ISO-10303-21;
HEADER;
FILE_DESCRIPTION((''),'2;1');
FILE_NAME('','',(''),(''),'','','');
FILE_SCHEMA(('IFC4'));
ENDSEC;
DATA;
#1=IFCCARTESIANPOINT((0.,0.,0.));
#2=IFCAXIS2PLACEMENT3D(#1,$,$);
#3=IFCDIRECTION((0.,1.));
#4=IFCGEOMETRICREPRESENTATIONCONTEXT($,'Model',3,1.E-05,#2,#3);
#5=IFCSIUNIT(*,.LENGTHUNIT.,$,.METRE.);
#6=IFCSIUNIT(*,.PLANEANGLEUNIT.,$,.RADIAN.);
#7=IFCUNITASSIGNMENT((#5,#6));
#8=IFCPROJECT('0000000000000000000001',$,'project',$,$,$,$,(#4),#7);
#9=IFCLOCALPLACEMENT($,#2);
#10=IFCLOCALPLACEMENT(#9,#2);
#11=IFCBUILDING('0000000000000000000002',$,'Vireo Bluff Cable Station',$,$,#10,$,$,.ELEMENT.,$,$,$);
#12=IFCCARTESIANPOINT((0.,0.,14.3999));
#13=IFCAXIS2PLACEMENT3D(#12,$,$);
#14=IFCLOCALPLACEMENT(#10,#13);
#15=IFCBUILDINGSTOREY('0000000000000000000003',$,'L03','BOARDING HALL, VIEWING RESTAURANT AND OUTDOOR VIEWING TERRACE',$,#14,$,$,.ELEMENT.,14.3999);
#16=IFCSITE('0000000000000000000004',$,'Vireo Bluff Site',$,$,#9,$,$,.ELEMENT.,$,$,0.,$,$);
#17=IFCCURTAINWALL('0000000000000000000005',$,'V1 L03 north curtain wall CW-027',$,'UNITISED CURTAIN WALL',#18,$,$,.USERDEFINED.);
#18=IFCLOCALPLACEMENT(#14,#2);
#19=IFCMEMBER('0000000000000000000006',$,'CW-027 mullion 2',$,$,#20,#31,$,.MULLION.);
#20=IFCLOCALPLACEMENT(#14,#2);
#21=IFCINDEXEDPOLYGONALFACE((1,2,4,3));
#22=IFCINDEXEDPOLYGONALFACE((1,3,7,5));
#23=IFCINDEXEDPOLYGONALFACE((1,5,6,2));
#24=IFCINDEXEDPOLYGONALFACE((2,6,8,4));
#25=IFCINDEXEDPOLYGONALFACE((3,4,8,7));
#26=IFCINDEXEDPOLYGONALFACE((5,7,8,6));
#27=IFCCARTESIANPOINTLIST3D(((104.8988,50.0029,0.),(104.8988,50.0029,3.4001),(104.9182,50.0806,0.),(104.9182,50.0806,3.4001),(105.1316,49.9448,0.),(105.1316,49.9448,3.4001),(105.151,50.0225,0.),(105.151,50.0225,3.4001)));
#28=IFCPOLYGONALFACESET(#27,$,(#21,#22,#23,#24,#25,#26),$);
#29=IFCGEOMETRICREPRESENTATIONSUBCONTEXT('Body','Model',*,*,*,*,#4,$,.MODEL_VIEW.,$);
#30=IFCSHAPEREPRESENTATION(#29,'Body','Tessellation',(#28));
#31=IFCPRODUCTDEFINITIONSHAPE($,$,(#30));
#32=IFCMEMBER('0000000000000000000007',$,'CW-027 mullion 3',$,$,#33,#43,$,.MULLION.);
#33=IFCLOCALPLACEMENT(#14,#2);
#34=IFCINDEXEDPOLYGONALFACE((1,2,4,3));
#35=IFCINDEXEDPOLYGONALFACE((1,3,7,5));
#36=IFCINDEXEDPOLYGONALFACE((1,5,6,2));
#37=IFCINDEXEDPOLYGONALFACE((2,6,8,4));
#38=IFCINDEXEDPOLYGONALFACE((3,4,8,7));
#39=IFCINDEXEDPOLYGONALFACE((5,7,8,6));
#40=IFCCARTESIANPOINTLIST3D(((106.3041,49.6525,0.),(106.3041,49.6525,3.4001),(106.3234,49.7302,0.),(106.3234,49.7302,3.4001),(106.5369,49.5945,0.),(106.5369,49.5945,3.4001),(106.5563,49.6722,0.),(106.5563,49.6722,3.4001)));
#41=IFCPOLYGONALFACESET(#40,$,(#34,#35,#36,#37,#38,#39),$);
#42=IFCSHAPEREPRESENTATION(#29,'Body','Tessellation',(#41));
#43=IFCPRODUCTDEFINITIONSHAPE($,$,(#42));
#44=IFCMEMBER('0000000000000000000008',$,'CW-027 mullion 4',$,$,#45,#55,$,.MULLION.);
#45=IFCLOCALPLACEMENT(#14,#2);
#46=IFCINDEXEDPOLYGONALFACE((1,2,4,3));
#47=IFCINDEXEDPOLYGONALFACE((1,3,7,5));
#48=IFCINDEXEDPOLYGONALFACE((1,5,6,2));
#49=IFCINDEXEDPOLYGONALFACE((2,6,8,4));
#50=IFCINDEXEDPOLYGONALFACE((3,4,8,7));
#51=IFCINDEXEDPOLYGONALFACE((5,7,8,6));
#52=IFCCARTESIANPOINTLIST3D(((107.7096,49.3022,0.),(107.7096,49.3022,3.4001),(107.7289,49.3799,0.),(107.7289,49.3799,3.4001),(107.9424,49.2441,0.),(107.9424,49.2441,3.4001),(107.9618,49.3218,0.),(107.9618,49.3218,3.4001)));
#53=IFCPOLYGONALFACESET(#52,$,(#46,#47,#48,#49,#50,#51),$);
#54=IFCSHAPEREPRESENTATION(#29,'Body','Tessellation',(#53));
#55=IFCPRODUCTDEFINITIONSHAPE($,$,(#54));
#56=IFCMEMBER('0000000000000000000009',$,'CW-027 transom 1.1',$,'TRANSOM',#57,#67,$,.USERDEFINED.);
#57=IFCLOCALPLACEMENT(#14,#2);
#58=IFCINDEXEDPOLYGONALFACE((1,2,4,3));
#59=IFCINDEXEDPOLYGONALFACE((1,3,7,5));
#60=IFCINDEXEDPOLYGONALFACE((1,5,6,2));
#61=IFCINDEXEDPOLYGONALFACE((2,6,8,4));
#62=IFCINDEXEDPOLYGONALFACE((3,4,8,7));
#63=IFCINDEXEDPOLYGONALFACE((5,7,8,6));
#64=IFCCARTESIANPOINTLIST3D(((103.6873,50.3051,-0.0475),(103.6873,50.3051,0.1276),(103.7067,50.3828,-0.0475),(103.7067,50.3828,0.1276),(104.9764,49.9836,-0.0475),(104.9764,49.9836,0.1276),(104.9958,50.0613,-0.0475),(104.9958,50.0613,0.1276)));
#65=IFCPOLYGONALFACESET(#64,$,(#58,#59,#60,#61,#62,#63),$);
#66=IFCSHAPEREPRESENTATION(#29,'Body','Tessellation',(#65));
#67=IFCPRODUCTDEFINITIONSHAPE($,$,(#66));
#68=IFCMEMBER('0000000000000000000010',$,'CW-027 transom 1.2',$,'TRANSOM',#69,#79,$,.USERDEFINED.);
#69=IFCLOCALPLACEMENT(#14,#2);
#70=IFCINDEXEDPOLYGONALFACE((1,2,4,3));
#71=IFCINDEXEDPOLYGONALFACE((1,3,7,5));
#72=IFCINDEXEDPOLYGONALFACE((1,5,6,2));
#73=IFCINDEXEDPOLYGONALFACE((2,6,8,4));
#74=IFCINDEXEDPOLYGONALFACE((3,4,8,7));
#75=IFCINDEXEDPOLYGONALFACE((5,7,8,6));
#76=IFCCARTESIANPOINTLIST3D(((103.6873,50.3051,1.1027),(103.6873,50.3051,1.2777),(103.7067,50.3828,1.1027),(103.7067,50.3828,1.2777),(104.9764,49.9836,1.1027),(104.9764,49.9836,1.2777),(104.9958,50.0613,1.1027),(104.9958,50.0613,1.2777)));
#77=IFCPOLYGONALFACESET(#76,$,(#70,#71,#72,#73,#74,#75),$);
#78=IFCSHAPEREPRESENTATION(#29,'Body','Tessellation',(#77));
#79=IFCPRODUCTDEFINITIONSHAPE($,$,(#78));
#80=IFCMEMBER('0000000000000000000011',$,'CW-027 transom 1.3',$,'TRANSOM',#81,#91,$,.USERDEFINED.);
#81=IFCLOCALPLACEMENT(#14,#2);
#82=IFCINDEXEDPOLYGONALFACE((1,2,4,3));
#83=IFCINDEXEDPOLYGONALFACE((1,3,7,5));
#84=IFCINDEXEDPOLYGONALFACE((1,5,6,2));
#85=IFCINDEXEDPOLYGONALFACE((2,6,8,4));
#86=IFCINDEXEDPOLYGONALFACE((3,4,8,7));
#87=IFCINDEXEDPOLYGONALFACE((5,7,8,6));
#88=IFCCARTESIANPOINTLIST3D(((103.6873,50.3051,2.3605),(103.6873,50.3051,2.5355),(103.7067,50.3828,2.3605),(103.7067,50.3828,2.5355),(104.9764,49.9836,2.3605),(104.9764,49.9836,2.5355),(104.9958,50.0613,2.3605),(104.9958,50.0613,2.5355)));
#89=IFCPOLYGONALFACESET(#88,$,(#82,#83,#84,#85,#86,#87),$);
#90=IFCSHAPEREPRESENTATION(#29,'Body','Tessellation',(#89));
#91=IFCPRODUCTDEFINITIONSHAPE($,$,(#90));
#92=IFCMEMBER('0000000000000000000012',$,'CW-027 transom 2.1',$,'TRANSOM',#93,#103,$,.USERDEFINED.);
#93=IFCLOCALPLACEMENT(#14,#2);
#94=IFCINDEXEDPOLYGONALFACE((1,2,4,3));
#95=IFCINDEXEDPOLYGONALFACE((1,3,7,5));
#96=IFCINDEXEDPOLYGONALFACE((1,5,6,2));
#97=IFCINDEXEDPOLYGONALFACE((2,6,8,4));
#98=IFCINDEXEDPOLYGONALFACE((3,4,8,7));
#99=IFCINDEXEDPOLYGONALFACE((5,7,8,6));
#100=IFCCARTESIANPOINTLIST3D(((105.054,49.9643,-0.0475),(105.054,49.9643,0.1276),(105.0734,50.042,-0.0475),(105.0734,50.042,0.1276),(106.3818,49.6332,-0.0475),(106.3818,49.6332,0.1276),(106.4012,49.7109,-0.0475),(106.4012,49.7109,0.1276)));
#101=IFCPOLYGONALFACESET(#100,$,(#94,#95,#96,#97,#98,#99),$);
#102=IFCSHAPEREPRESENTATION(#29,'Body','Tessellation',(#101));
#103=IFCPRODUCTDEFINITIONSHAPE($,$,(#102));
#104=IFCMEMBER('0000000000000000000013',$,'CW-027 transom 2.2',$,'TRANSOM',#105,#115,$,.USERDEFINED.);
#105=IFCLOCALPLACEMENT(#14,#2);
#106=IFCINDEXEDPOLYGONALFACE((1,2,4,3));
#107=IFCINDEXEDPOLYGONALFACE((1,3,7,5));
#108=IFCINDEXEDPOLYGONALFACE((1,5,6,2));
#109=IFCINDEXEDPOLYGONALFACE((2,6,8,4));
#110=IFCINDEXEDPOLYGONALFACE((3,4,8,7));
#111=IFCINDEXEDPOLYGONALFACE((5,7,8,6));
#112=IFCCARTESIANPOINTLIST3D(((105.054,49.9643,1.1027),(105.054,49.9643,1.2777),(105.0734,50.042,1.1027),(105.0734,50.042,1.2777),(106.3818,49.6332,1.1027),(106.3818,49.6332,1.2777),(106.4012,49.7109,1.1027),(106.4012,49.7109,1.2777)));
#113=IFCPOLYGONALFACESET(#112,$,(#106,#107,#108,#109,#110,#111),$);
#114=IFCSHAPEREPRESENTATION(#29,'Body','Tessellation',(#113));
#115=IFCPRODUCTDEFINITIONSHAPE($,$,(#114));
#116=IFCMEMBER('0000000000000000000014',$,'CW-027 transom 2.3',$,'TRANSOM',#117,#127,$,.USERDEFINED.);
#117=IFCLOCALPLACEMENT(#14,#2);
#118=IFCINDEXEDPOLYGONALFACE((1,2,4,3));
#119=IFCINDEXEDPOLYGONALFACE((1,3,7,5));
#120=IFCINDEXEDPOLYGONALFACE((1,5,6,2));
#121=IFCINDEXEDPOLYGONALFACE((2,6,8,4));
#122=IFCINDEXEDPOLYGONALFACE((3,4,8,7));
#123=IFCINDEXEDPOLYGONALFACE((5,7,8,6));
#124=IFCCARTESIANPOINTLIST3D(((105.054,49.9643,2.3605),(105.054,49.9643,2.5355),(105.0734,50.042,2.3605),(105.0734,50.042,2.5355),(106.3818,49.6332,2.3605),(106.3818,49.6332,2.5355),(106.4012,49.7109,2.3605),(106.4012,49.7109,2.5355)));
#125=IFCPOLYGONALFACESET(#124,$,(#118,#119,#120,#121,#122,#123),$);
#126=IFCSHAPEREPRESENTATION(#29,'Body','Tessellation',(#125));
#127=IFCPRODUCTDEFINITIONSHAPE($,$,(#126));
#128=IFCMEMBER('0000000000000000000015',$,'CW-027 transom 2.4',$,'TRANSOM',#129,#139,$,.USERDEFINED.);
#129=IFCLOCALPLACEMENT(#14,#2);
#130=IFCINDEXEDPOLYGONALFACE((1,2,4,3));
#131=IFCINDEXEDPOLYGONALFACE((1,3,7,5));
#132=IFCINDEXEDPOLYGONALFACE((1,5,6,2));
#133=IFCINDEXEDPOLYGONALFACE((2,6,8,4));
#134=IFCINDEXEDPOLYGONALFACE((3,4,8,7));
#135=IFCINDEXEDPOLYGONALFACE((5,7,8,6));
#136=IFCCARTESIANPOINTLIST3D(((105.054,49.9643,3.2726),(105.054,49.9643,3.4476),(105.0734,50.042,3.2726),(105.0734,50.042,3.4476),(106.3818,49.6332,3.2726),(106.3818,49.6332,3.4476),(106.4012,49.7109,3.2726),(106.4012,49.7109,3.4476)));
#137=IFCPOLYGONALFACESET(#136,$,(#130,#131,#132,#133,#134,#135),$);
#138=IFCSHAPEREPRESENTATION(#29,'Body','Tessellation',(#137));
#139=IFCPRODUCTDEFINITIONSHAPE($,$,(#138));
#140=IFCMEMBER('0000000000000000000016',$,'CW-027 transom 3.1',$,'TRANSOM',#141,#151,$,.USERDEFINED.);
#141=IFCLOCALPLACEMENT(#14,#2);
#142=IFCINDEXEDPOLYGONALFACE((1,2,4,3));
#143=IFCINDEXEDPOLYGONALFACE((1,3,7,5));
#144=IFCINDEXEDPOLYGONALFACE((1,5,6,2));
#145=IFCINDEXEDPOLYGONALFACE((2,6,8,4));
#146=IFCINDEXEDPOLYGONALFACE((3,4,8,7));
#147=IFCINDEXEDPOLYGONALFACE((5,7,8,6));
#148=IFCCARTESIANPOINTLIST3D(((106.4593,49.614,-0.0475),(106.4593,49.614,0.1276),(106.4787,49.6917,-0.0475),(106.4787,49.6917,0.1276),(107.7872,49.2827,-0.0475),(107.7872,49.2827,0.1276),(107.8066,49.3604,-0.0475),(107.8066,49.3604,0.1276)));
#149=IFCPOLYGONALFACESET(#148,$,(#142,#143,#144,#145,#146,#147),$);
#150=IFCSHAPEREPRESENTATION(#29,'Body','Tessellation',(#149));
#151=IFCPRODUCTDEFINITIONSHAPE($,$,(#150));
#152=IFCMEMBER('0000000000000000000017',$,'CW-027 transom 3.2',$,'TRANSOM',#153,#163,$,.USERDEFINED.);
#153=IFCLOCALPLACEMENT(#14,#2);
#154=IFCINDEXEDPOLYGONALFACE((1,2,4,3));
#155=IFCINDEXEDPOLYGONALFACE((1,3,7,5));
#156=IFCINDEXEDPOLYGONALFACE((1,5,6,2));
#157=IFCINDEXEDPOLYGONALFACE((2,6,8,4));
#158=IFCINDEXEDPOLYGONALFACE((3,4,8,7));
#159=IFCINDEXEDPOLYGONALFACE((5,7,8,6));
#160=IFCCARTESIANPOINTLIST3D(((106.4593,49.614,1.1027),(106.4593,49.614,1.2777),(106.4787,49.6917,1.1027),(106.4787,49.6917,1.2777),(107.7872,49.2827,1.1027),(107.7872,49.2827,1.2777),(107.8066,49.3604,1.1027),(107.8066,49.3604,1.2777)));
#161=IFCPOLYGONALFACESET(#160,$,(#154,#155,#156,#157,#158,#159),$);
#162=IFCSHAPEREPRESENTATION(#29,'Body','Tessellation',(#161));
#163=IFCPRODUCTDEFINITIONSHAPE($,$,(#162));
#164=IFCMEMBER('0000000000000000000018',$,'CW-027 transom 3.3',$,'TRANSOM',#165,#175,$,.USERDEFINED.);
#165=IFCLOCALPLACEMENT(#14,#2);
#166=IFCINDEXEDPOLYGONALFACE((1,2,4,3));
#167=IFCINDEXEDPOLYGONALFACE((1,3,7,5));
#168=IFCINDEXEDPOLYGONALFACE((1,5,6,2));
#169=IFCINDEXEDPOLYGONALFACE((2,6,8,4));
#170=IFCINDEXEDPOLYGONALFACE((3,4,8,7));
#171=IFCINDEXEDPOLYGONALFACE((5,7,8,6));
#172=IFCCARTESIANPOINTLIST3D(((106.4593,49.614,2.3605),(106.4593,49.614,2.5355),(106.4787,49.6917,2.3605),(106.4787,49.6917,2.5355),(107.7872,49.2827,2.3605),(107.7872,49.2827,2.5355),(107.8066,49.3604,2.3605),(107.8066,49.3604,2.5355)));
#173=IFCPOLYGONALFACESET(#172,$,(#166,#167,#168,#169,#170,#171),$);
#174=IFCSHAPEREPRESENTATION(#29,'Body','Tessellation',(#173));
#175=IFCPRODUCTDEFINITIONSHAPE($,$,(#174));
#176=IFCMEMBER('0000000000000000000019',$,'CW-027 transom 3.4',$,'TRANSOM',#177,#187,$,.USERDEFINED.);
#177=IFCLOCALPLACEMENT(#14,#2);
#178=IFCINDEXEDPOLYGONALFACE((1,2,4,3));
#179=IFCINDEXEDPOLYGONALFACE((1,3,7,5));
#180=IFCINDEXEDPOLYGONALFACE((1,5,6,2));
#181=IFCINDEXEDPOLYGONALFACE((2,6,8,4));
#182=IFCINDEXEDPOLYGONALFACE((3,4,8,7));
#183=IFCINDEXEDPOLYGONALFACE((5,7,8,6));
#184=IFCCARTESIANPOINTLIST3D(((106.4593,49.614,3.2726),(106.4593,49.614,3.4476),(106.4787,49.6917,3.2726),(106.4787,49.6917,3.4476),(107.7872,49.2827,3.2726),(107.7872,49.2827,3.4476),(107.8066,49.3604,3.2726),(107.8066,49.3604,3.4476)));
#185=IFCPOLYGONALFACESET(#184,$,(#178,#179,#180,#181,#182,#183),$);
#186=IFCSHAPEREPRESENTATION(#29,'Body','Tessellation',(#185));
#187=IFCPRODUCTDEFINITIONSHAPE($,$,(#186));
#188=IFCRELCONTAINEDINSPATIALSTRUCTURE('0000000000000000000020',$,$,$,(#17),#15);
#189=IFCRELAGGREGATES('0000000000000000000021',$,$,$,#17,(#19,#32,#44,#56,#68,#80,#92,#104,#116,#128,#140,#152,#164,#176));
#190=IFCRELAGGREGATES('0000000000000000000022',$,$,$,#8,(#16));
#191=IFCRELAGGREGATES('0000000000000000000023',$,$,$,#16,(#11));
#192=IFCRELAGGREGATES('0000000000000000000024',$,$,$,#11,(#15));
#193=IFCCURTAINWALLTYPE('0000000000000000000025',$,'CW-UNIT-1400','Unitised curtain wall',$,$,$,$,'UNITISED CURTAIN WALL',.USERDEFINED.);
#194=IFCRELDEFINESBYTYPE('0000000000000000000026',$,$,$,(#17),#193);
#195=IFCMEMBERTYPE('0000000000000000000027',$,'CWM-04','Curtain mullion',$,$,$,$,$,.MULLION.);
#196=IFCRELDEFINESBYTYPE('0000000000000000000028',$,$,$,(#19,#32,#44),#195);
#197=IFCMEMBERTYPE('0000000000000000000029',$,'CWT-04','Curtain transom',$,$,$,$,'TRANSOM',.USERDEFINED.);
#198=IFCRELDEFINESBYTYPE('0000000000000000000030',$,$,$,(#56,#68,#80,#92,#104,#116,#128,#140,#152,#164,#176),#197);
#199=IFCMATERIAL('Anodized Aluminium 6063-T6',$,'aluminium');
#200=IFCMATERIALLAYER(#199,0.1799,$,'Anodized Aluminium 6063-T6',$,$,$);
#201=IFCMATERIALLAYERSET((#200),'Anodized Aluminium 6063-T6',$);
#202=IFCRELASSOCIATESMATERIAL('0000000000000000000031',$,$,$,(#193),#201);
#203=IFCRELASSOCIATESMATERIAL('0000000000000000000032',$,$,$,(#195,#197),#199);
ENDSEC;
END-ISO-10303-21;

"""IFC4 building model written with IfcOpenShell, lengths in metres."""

from ifc_helpers import new_model, si_unit, direction, frame, origin, origin_2d, place, context, subcontext, project, spatial, rectangle, extrude, material, layer, layer_set, material_profile, profile_set, type_object, element, aggregate, save


model = new_model("IFC4")

# Units and contexts
model_context = context("Model", 3, precision=1e-05, world=origin(), true_north=direction((0.0, 1.0)))
body_context = subcontext(model_context, "Body", "Model", "MODEL_VIEW")
ifc_project = project(units=[si_unit("LENGTHUNIT", "METRE"), si_unit("PLANEANGLEUNIT", "RADIAN")], contexts=[model_context])

# Site, building, storey
site_placement = place(None, origin())
site = spatial("IfcSite", under=ifc_project, at=site_placement, Name="Vireo Bluff Site", CompositionType="ELEMENT", RefElevation=0.0)
building_placement = place(site_placement, origin())
building = spatial("IfcBuilding", under=site, at=building_placement, Name="Vireo Bluff Cable Station", CompositionType="ELEMENT")
storey_placement = place(building_placement, frame((0.0, 0.0, 14.3999)))
storey = spatial("IfcBuildingStorey", under=building, at=storey_placement, Name="L03", Description="BOARDING HALL, VIEWING RESTAURANT AND OUTDOOR VIEWING TERRACE", CompositionType="ELEMENT", Elevation=14.3999)

# Curtain wall, members
ifc_material_1 = material(Name="Anodized Aluminium 6063-T6", Category="aluminium")
ifc_layer_1 = layer(ifc_material_1, 0.1799, Name="Anodized Aluminium 6063-T6")
ifc_layer_set_1 = layer_set([ifc_layer_1], Name="Anodized Aluminium 6063-T6")
curtain_wall_type = type_object("IfcCurtainWallType", Name="CW-UNIT-1400", Description="Unitised curtain wall", ElementType="UNITISED CURTAIN WALL", PredefinedType="USERDEFINED", material=ifc_layer_set_1)
curtain_wall_placement = place(storey_placement, origin())
curtain_wall = element("IfcCurtainWall", 1, at=curtain_wall_placement, inside=storey, type_object=curtain_wall_type, Name="V1 L03 north curtain wall CW-027", ObjectType="UNITISED CURTAIN WALL", PredefinedType="USERDEFINED")
ifc_material_profile_1 = material_profile(ifc_material_1, rectangle(XDim=0.0801, YDim=0.24, at=origin_2d()), Name="ALU-M-80X240")
ifc_profile_set_1 = profile_set([ifc_material_profile_1], Name="Anodized Aluminium 6063-T6")
member_type_1 = type_object("IfcMemberType", Name="CWM-04", Description="Curtain mullion", PredefinedType="MULLION", material=ifc_profile_set_1)
member_1_placement = place(storey_placement, frame((105.0249, 50.0127, 0.0), z_axis=(0.0, 0.0, 1.0), x_axis=(0.241922, 0.970296, 0.0)))
member_1 = element("IfcMember", 2, at=member_1_placement, type_object=member_type_1, Name="CW-027 mullion 2", PredefinedType="MULLION", context=body_context, shape_type="SweptSolid", body=[
    extrude(rectangle(XDim=0.0801, YDim=0.24, at=origin_2d()), origin(), (0.0, 0.0, 1.0), 3.4001),
])
member_2_placement = place(storey_placement, frame((106.4302, 49.6624, 0.0), z_axis=(0.0, 0.0, 1.0), x_axis=(0.241922, 0.970296, 0.0)))
member_2 = element("IfcMember", 3, at=member_2_placement, type_object=member_type_1, Name="CW-027 mullion 3", PredefinedType="MULLION", context=body_context, shape_type="SweptSolid", body=[
    extrude(rectangle(XDim=0.0801, YDim=0.24, at=origin_2d()), origin(), (0.0, 0.0, 1.0), 3.4001),
])
member_3_placement = place(storey_placement, frame((107.8357, 49.312, 0.0), z_axis=(0.0, 0.0, 1.0), x_axis=(0.241922, 0.970296, 0.0)))
member_3 = element("IfcMember", 4, at=member_3_placement, type_object=member_type_1, Name="CW-027 mullion 4", PredefinedType="MULLION", context=body_context, shape_type="SweptSolid", body=[
    extrude(rectangle(XDim=0.0801, YDim=0.24, at=origin_2d()), origin(), (0.0, 0.0, 1.0), 3.4001),
])
ifc_material_profile_2 = material_profile(ifc_material_1, rectangle(XDim=0.0801, YDim=0.175, at=origin_2d()), Name="ALU-T-80X175")
ifc_profile_set_2 = profile_set([ifc_material_profile_2], Name="Anodized Aluminium 6063-T6")
member_type_2 = type_object("IfcMemberType", Name="CWT-04", Description="Curtain transom", ElementType="TRANSOM", PredefinedType="USERDEFINED", material=ifc_profile_set_2)
member_4_placement = place(storey_placement, frame((103.697, 50.344, 0.04), z_axis=(0.970272, -0.242017, 0.0), x_axis=(0.242017, 0.970272, 0.0)))
member_4 = element("IfcMember", 5, at=member_4_placement, type_object=member_type_2, Name="CW-027 transom 1.1", ObjectType="TRANSOM", PredefinedType="USERDEFINED", context=body_context, shape_type="SweptSolid", body=[
    extrude(rectangle(XDim=0.0801, YDim=0.175, at=origin_2d()), origin(), (0.0, 0.0, 1.0), 1.3286),
])
member_5_placement = place(storey_placement, frame((103.697, 50.344, 1.1902), z_axis=(0.970272, -0.242017, 0.0), x_axis=(0.242017, 0.970272, 0.0)))
member_5 = element("IfcMember", 6, at=member_5_placement, type_object=member_type_2, Name="CW-027 transom 1.2", ObjectType="TRANSOM", PredefinedType="USERDEFINED", context=body_context, shape_type="SweptSolid", body=[
    extrude(rectangle(XDim=0.0801, YDim=0.175, at=origin_2d()), origin(), (0.0, 0.0, 1.0), 1.3286),
])
member_6_placement = place(storey_placement, frame((103.697, 50.344, 2.448), z_axis=(0.970272, -0.242017, 0.0), x_axis=(0.242017, 0.970272, 0.0)))
member_6 = element("IfcMember", 7, at=member_6_placement, type_object=member_type_2, Name="CW-027 transom 1.3", ObjectType="TRANSOM", PredefinedType="USERDEFINED", context=body_context, shape_type="SweptSolid", body=[
    extrude(rectangle(XDim=0.0801, YDim=0.175, at=origin_2d()), origin(), (0.0, 0.0, 1.0), 1.3286),
])
member_7_placement = place(storey_placement, frame((105.0637, 50.0032, 0.04), z_axis=(0.970289, -0.241948, 0.0), x_axis=(0.241948, 0.970289, 0.0)))
member_7 = element("IfcMember", 8, at=member_7_placement, type_object=member_type_2, Name="CW-027 transom 2.1", ObjectType="TRANSOM", PredefinedType="USERDEFINED", context=body_context, shape_type="SweptSolid", body=[
    extrude(rectangle(XDim=0.0801, YDim=0.175, at=origin_2d()), origin(), (0.0, 0.0, 1.0), 1.3684),
])
member_8_placement = place(storey_placement, frame((105.0637, 50.0032, 1.1902), z_axis=(0.970289, -0.241948, 0.0), x_axis=(0.241948, 0.970289, 0.0)))
member_8 = element("IfcMember", 9, at=member_8_placement, type_object=member_type_2, Name="CW-027 transom 2.2", ObjectType="TRANSOM", PredefinedType="USERDEFINED", context=body_context, shape_type="SweptSolid", body=[
    extrude(rectangle(XDim=0.0801, YDim=0.175, at=origin_2d()), origin(), (0.0, 0.0, 1.0), 1.3684),
])
member_9_placement = place(storey_placement, frame((105.0637, 50.0032, 2.448), z_axis=(0.970289, -0.241948, 0.0), x_axis=(0.241948, 0.970289, 0.0)))
member_9 = element("IfcMember", 10, at=member_9_placement, type_object=member_type_2, Name="CW-027 transom 2.3", ObjectType="TRANSOM", PredefinedType="USERDEFINED", context=body_context, shape_type="SweptSolid", body=[
    extrude(rectangle(XDim=0.0801, YDim=0.175, at=origin_2d()), origin(), (0.0, 0.0, 1.0), 1.3684),
])
member_10_placement = place(storey_placement, frame((105.0637, 50.0032, 3.3601), z_axis=(0.970289, -0.241948, 0.0), x_axis=(0.241948, 0.970289, 0.0)))
member_10 = element("IfcMember", 11, at=member_10_placement, type_object=member_type_2, Name="CW-027 transom 2.4", ObjectType="TRANSOM", PredefinedType="USERDEFINED", context=body_context, shape_type="SweptSolid", body=[
    extrude(rectangle(XDim=0.0801, YDim=0.175, at=origin_2d()), origin(), (0.0, 0.0, 1.0), 1.3684),
])
member_11_placement = place(storey_placement, frame((106.469, 49.6528, 0.04), z_axis=(0.970258, -0.242074, 0.0), x_axis=(0.242074, 0.970258, 0.0)))
member_11 = element("IfcMember", 12, at=member_11_placement, type_object=member_type_2, Name="CW-027 transom 3.1", ObjectType="TRANSOM", PredefinedType="USERDEFINED", context=body_context, shape_type="SweptSolid", body=[
    extrude(rectangle(XDim=0.0801, YDim=0.175, at=origin_2d()), origin(), (0.0, 0.0, 1.0), 1.3687),
])
member_12_placement = place(storey_placement, frame((106.469, 49.6528, 1.1902), z_axis=(0.970258, -0.242074, 0.0), x_axis=(0.242074, 0.970258, 0.0)))
member_12 = element("IfcMember", 13, at=member_12_placement, type_object=member_type_2, Name="CW-027 transom 3.2", ObjectType="TRANSOM", PredefinedType="USERDEFINED", context=body_context, shape_type="SweptSolid", body=[
    extrude(rectangle(XDim=0.0801, YDim=0.175, at=origin_2d()), origin(), (0.0, 0.0, 1.0), 1.3687),
])
member_13_placement = place(storey_placement, frame((106.469, 49.6528, 2.448), z_axis=(0.970258, -0.242074, 0.0), x_axis=(0.242074, 0.970258, 0.0)))
member_13 = element("IfcMember", 14, at=member_13_placement, type_object=member_type_2, Name="CW-027 transom 3.3", ObjectType="TRANSOM", PredefinedType="USERDEFINED", context=body_context, shape_type="SweptSolid", body=[
    extrude(rectangle(XDim=0.0801, YDim=0.175, at=origin_2d()), origin(), (0.0, 0.0, 1.0), 1.3687),
])
member_14_placement = place(storey_placement, frame((106.469, 49.6528, 3.3601), z_axis=(0.970258, -0.242074, 0.0), x_axis=(0.242074, 0.970258, 0.0)))
member_14 = element("IfcMember", 15, at=member_14_placement, type_object=member_type_2, Name="CW-027 transom 3.4", ObjectType="TRANSOM", PredefinedType="USERDEFINED", context=body_context, shape_type="SweptSolid", body=[
    extrude(rectangle(XDim=0.0801, YDim=0.175, at=origin_2d()), origin(), (0.0, 0.0, 1.0), 1.3687),
])
aggregate(curtain_wall, [member_1, member_2, member_3, member_4, member_5, member_6, member_7, member_8, member_9, member_10, member_11, member_12, member_13, member_14])

save(model, "model.ifc")
